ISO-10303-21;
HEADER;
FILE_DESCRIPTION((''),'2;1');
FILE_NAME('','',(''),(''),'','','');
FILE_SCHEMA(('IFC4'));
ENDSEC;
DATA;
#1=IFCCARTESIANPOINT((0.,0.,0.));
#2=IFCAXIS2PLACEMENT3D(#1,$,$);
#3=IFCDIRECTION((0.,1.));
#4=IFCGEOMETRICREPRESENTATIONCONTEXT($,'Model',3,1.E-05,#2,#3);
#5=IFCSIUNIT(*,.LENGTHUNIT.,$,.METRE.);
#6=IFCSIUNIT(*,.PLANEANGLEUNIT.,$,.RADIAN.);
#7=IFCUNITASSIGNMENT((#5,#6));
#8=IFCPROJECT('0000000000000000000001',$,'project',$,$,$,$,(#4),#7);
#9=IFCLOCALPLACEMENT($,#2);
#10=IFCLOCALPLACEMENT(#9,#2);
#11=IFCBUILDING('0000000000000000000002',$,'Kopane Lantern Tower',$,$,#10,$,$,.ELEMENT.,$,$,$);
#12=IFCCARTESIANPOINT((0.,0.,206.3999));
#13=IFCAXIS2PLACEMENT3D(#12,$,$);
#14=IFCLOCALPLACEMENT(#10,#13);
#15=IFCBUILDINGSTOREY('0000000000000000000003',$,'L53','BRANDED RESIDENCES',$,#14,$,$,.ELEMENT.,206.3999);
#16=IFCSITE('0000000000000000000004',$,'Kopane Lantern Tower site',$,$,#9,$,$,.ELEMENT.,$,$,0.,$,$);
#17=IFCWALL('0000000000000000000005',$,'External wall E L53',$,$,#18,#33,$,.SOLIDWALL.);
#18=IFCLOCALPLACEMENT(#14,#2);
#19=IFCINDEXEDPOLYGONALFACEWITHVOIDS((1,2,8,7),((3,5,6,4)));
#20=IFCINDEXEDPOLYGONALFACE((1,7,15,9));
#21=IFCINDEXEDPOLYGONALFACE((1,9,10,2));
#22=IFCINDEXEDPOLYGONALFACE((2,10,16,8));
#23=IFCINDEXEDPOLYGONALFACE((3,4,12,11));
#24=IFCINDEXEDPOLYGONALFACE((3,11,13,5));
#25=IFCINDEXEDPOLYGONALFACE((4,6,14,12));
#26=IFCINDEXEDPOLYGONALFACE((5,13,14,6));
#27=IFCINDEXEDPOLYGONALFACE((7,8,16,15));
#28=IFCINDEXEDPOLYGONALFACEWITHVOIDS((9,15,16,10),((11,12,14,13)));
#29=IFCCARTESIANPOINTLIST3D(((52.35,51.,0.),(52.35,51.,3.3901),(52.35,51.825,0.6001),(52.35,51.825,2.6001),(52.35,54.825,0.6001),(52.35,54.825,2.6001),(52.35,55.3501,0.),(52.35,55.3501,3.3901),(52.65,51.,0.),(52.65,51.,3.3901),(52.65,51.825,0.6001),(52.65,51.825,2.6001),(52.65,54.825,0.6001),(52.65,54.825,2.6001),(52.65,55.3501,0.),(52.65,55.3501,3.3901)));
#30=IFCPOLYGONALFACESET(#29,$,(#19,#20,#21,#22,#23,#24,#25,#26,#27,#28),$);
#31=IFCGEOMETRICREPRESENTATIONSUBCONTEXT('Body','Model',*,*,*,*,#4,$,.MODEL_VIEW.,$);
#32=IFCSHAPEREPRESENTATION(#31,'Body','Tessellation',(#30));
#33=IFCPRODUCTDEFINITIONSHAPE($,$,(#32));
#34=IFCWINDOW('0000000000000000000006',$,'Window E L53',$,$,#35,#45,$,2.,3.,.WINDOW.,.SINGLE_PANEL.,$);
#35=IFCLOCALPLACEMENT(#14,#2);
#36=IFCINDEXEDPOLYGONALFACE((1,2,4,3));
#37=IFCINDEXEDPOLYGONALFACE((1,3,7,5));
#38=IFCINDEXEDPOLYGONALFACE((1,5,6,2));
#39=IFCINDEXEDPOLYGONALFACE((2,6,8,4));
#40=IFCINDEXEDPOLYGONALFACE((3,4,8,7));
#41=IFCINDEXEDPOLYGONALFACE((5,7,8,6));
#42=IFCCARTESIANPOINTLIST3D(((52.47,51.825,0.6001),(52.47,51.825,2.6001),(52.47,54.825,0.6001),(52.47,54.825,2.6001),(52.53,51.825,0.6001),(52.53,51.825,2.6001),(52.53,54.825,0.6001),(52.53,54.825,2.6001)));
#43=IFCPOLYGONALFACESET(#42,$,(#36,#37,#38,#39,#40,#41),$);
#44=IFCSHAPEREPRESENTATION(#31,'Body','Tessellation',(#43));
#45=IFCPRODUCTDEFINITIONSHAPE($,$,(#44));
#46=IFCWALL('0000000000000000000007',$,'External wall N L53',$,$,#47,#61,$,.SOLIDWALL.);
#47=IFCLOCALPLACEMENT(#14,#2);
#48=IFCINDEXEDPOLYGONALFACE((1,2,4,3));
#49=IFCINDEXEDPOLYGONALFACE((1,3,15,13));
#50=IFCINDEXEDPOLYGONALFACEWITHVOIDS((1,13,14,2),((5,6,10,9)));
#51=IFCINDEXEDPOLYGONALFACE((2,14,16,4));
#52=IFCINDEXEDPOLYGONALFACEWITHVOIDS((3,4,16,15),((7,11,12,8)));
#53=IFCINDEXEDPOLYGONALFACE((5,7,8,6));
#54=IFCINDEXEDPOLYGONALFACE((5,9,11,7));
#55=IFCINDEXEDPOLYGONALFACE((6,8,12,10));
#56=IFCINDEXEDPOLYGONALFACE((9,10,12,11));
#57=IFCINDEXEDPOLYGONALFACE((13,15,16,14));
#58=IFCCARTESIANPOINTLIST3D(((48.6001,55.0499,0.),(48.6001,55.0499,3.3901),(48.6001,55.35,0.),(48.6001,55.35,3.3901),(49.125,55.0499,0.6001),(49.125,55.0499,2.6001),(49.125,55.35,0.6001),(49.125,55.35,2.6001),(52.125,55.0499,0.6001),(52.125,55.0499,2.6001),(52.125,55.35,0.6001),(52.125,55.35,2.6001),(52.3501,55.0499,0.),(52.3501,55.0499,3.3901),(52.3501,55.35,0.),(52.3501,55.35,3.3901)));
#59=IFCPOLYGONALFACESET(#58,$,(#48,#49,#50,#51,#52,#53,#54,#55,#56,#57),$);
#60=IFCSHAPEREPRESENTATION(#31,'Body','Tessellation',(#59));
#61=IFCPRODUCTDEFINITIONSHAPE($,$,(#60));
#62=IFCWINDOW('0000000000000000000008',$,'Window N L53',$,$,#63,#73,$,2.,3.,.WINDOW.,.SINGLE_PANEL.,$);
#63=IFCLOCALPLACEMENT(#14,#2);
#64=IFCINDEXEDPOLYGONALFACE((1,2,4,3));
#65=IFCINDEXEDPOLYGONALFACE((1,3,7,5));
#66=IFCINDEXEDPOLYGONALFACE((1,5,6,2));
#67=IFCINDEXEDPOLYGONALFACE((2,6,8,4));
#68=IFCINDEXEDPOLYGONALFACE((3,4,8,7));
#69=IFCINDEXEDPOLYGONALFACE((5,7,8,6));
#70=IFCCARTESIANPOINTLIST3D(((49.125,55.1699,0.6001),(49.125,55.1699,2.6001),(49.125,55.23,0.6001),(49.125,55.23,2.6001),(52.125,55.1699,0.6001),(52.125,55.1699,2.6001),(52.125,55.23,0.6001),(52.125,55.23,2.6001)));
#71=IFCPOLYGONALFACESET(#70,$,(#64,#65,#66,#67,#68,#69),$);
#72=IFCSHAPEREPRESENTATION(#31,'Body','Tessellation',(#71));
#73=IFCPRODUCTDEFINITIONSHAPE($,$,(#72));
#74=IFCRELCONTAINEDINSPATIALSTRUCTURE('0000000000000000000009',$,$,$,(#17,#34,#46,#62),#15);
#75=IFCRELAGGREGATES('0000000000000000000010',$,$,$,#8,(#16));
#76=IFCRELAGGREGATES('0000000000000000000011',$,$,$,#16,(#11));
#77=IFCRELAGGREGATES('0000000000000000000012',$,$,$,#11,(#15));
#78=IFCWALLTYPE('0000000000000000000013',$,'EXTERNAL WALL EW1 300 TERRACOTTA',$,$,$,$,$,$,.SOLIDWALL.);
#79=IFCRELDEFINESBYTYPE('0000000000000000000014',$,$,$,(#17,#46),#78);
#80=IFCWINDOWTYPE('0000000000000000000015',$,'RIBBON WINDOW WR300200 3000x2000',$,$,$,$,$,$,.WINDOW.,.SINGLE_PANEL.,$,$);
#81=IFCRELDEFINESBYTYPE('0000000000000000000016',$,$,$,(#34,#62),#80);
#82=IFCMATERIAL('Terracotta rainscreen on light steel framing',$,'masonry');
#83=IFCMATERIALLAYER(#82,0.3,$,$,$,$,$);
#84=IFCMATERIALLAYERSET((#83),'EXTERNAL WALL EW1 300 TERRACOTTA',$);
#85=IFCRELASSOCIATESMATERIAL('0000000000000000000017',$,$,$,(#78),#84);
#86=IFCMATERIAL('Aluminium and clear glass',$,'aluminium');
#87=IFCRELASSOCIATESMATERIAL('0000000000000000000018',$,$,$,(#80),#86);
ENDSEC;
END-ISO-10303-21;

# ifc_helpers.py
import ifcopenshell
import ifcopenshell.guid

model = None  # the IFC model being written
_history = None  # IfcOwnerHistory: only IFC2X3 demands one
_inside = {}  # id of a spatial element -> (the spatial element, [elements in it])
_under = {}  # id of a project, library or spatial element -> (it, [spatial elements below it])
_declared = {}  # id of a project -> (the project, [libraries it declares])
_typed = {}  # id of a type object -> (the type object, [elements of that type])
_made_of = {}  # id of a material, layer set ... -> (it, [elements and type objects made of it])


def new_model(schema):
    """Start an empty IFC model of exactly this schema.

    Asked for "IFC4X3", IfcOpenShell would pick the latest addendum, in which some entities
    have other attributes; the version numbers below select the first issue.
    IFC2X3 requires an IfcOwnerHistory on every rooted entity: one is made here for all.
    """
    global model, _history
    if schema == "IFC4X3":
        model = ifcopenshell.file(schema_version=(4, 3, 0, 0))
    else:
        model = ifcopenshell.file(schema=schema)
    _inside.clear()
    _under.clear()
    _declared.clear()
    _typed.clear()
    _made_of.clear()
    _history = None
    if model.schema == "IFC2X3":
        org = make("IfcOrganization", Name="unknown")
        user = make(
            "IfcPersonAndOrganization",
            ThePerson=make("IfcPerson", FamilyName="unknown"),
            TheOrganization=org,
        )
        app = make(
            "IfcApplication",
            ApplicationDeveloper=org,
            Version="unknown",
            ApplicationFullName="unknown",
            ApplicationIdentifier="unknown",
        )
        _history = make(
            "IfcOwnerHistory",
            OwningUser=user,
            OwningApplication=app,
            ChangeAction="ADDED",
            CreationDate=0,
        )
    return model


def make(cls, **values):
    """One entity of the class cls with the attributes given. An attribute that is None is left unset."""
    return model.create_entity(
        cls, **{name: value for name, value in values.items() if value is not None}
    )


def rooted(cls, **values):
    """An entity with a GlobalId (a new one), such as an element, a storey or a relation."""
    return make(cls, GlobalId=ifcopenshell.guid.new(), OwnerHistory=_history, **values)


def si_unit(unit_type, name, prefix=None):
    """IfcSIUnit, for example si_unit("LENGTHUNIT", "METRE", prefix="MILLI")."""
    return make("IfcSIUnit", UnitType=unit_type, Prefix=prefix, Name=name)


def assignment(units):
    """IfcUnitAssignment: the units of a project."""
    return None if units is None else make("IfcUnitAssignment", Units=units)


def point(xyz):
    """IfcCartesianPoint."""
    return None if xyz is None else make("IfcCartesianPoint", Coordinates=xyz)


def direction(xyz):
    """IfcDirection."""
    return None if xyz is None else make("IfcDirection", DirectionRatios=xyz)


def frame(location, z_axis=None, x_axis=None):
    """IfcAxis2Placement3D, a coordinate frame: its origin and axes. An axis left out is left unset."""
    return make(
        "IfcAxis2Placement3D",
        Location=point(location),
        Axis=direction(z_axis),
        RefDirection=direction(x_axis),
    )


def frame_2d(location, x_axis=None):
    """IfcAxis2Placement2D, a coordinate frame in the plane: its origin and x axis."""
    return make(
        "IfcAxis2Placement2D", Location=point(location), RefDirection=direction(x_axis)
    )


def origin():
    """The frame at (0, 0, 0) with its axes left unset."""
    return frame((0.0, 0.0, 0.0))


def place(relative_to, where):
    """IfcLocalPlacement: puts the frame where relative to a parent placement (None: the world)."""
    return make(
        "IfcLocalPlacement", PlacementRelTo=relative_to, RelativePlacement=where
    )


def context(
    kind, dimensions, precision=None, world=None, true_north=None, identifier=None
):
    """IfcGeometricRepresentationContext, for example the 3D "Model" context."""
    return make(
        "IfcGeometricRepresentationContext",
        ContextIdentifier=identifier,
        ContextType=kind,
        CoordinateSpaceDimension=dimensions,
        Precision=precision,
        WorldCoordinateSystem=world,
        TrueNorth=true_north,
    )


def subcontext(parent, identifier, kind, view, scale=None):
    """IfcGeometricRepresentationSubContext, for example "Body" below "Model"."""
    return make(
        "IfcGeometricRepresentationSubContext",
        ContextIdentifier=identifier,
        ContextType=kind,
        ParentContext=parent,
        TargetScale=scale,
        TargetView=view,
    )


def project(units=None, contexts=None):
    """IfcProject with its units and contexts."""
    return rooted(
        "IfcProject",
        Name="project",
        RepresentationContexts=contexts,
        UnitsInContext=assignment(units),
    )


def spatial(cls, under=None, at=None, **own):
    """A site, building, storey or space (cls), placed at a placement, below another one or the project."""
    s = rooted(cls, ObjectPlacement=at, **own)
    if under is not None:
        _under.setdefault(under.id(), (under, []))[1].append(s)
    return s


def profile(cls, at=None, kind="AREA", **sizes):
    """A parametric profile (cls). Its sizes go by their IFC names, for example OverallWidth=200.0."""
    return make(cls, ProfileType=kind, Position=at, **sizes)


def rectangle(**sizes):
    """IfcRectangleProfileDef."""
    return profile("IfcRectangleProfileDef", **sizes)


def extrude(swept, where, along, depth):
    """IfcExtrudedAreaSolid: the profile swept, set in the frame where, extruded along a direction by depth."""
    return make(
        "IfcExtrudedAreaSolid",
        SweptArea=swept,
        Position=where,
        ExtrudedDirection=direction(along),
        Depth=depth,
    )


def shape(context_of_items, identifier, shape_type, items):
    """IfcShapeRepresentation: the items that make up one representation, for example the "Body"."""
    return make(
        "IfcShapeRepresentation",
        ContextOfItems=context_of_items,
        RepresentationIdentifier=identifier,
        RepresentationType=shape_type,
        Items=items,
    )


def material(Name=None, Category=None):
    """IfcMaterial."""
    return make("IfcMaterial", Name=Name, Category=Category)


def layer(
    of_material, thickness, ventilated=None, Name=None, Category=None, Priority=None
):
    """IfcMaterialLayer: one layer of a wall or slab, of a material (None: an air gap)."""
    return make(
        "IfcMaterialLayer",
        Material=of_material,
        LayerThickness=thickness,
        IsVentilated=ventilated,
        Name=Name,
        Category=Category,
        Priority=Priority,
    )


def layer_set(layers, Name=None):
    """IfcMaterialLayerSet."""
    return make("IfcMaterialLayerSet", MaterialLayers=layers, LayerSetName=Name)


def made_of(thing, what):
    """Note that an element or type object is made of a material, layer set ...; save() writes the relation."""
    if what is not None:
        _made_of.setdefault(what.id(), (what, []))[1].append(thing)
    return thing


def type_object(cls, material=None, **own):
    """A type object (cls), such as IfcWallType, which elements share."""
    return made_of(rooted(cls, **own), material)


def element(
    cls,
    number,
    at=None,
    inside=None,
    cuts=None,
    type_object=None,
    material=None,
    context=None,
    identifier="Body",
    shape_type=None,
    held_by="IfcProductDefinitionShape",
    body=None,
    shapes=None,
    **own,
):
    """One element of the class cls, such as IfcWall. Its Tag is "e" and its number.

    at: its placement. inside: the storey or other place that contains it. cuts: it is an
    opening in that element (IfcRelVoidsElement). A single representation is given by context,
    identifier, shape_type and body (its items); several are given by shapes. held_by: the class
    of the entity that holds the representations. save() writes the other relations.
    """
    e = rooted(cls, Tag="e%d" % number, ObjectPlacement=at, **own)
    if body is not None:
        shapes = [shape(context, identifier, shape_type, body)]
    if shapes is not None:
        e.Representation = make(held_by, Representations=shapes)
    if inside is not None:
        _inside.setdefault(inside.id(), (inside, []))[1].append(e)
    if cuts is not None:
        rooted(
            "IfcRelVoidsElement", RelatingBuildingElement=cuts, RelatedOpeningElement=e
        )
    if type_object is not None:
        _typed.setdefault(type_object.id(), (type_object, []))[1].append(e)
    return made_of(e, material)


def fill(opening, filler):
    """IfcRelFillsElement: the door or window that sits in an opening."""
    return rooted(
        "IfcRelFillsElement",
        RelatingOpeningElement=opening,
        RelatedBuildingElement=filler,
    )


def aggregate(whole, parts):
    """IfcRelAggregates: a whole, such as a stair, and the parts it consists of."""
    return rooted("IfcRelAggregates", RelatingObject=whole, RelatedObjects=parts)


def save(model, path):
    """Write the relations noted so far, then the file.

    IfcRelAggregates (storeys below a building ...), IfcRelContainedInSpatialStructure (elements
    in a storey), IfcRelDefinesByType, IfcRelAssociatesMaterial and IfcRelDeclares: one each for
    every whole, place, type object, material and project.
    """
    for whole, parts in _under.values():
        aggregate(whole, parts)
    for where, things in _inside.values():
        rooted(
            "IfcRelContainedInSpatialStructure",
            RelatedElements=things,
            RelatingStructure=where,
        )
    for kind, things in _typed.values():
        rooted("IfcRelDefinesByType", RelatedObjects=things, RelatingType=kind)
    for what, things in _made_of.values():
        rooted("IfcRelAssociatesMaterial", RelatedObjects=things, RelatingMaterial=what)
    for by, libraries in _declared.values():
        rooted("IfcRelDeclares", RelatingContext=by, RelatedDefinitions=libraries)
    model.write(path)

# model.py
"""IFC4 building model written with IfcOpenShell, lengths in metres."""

from ifc_helpers import new_model, si_unit, direction, frame, frame_2d, origin, place, context, subcontext, project, spatial, rectangle, extrude, material, layer, layer_set, type_object, element, fill, save


model = new_model("IFC4")

# Units and contexts
model_context = context("Model", 3, precision=1e-05, world=origin(), true_north=direction((0.0, 1.0)))
body_context = subcontext(model_context, "Body", "Model", "MODEL_VIEW")
ifc_project = project(units=[si_unit("LENGTHUNIT", "METRE"), si_unit("PLANEANGLEUNIT", "RADIAN")], contexts=[model_context])

# Site, building, storey
site_placement = place(None, origin())
site = spatial("IfcSite", under=ifc_project, at=site_placement, Name="Kopane Lantern Tower site", CompositionType="ELEMENT", RefElevation=0.0)
building_placement = place(site_placement, origin())
building = spatial("IfcBuilding", under=site, at=building_placement, Name="Kopane Lantern Tower", CompositionType="ELEMENT")
storey_placement = place(building_placement, frame((0.0, 0.0, 206.3999)))
storey = spatial("IfcBuildingStorey", under=building, at=storey_placement, Name="L53", Description="BRANDED RESIDENCES", CompositionType="ELEMENT", Elevation=206.3999)

# Walls, openings, windows
ifc_material_1 = material(Name="Terracotta rainscreen on light steel framing", Category="masonry")
ifc_layer = layer(ifc_material_1, 0.3)
ifc_layer_set = layer_set([ifc_layer], Name="EXTERNAL WALL EW1 300 TERRACOTTA")
wall_type = type_object("IfcWallType", Name="EXTERNAL WALL EW1 300 TERRACOTTA", PredefinedType="SOLIDWALL", material=ifc_layer_set)
ifc_material_2 = material(Name="Aluminium and clear glass", Category="aluminium")
window_type = type_object("IfcWindowType", Name="RIBBON WINDOW WR300200 3000x2000", PartitioningType="SINGLE_PANEL", PredefinedType="WINDOW", material=ifc_material_2)
wall_1_placement = place(storey_placement, frame((52.5, 51.0, 0.0), z_axis=(0.0, 0.0, 1.0), x_axis=(0.0, 1.0, 0.0)))
wall_1 = element("IfcWall", 1, at=wall_1_placement, inside=storey, type_object=wall_type, Name="External wall E L53", PredefinedType="SOLIDWALL", context=body_context, shape_type="SweptSolid", body=[
    extrude(rectangle(XDim=4.3501, YDim=0.3, at=frame_2d((2.175, 0.0))), origin(), (0.0, 0.0, 1.0), 3.3901),
])
opening_1_placement = place(wall_1_placement, frame((0.825, 0.0, 0.6001)))
opening_1 = element("IfcOpeningElement", 2, at=opening_1_placement, cuts=wall_1, PredefinedType="OPENING", context=body_context, shape_type="SweptSolid", body=[
    extrude(rectangle(XDim=3.0, YDim=2.0, at=frame_2d((1.5, 1.0))), frame((0.0, 0.1599, 0.0), z_axis=(0.0, -1.0, 0.0), x_axis=(1.0, 0.0, 0.0)), (0.0, 0.0, 1.0), 0.3201),
])
window_1_placement = place(opening_1_placement, origin())
window_1 = element("IfcWindow", 3, at=window_1_placement, inside=storey, type_object=window_type, Name="Window E L53", OverallHeight=2.0, OverallWidth=3.0, PartitioningType="SINGLE_PANEL", PredefinedType="WINDOW", context=body_context, shape_type="SweptSolid", body=[
    extrude(rectangle(XDim=3.0, YDim=2.0, at=frame_2d((1.5, 1.0))), frame((0.0, 0.03, 0.0), z_axis=(0.0, -1.0, 0.0), x_axis=(1.0, 0.0, 0.0)), (0.0, 0.0, 1.0), 0.0601),
])
fill(opening_1, window_1)
wall_2_placement = place(storey_placement, frame((52.3501, 55.2, 0.0), z_axis=(0.0, 0.0, 1.0), x_axis=(-1.0, 0.0, 0.0)))
wall_2 = element("IfcWall", 4, at=wall_2_placement, inside=storey, type_object=wall_type, Name="External wall N L53", PredefinedType="SOLIDWALL", context=body_context, shape_type="SweptSolid", body=[
    extrude(rectangle(XDim=3.75, YDim=0.3, at=frame_2d((1.875, 0.0))), origin(), (0.0, 0.0, 1.0), 3.3901),
])
opening_2_placement = place(wall_2_placement, frame((0.2251, 0.0, 0.6001)))
opening_2 = element("IfcOpeningElement", 5, at=opening_2_placement, cuts=wall_2, PredefinedType="OPENING", context=body_context, shape_type="SweptSolid", body=[
    extrude(rectangle(XDim=3.0, YDim=2.0, at=frame_2d((1.5, 1.0))), frame((0.0, 0.1599, 0.0), z_axis=(0.0, -1.0, 0.0), x_axis=(1.0, 0.0, 0.0)), (0.0, 0.0, 1.0), 0.3201),
])
window_2_placement = place(opening_2_placement, origin())
window_2 = element("IfcWindow", 6, at=window_2_placement, inside=storey, type_object=window_type, Name="Window N L53", OverallHeight=2.0, OverallWidth=3.0, PartitioningType="SINGLE_PANEL", PredefinedType="WINDOW", context=body_context, shape_type="SweptSolid", body=[
    extrude(rectangle(XDim=3.0, YDim=2.0, at=frame_2d((1.5, 1.0))), frame((0.0, 0.03, 0.0), z_axis=(0.0, -1.0, 0.0), x_axis=(1.0, 0.0, 0.0)), (0.0, 0.0, 1.0), 0.0601),
])
fill(opening_2, window_2)

save(model, "model.ifc")
